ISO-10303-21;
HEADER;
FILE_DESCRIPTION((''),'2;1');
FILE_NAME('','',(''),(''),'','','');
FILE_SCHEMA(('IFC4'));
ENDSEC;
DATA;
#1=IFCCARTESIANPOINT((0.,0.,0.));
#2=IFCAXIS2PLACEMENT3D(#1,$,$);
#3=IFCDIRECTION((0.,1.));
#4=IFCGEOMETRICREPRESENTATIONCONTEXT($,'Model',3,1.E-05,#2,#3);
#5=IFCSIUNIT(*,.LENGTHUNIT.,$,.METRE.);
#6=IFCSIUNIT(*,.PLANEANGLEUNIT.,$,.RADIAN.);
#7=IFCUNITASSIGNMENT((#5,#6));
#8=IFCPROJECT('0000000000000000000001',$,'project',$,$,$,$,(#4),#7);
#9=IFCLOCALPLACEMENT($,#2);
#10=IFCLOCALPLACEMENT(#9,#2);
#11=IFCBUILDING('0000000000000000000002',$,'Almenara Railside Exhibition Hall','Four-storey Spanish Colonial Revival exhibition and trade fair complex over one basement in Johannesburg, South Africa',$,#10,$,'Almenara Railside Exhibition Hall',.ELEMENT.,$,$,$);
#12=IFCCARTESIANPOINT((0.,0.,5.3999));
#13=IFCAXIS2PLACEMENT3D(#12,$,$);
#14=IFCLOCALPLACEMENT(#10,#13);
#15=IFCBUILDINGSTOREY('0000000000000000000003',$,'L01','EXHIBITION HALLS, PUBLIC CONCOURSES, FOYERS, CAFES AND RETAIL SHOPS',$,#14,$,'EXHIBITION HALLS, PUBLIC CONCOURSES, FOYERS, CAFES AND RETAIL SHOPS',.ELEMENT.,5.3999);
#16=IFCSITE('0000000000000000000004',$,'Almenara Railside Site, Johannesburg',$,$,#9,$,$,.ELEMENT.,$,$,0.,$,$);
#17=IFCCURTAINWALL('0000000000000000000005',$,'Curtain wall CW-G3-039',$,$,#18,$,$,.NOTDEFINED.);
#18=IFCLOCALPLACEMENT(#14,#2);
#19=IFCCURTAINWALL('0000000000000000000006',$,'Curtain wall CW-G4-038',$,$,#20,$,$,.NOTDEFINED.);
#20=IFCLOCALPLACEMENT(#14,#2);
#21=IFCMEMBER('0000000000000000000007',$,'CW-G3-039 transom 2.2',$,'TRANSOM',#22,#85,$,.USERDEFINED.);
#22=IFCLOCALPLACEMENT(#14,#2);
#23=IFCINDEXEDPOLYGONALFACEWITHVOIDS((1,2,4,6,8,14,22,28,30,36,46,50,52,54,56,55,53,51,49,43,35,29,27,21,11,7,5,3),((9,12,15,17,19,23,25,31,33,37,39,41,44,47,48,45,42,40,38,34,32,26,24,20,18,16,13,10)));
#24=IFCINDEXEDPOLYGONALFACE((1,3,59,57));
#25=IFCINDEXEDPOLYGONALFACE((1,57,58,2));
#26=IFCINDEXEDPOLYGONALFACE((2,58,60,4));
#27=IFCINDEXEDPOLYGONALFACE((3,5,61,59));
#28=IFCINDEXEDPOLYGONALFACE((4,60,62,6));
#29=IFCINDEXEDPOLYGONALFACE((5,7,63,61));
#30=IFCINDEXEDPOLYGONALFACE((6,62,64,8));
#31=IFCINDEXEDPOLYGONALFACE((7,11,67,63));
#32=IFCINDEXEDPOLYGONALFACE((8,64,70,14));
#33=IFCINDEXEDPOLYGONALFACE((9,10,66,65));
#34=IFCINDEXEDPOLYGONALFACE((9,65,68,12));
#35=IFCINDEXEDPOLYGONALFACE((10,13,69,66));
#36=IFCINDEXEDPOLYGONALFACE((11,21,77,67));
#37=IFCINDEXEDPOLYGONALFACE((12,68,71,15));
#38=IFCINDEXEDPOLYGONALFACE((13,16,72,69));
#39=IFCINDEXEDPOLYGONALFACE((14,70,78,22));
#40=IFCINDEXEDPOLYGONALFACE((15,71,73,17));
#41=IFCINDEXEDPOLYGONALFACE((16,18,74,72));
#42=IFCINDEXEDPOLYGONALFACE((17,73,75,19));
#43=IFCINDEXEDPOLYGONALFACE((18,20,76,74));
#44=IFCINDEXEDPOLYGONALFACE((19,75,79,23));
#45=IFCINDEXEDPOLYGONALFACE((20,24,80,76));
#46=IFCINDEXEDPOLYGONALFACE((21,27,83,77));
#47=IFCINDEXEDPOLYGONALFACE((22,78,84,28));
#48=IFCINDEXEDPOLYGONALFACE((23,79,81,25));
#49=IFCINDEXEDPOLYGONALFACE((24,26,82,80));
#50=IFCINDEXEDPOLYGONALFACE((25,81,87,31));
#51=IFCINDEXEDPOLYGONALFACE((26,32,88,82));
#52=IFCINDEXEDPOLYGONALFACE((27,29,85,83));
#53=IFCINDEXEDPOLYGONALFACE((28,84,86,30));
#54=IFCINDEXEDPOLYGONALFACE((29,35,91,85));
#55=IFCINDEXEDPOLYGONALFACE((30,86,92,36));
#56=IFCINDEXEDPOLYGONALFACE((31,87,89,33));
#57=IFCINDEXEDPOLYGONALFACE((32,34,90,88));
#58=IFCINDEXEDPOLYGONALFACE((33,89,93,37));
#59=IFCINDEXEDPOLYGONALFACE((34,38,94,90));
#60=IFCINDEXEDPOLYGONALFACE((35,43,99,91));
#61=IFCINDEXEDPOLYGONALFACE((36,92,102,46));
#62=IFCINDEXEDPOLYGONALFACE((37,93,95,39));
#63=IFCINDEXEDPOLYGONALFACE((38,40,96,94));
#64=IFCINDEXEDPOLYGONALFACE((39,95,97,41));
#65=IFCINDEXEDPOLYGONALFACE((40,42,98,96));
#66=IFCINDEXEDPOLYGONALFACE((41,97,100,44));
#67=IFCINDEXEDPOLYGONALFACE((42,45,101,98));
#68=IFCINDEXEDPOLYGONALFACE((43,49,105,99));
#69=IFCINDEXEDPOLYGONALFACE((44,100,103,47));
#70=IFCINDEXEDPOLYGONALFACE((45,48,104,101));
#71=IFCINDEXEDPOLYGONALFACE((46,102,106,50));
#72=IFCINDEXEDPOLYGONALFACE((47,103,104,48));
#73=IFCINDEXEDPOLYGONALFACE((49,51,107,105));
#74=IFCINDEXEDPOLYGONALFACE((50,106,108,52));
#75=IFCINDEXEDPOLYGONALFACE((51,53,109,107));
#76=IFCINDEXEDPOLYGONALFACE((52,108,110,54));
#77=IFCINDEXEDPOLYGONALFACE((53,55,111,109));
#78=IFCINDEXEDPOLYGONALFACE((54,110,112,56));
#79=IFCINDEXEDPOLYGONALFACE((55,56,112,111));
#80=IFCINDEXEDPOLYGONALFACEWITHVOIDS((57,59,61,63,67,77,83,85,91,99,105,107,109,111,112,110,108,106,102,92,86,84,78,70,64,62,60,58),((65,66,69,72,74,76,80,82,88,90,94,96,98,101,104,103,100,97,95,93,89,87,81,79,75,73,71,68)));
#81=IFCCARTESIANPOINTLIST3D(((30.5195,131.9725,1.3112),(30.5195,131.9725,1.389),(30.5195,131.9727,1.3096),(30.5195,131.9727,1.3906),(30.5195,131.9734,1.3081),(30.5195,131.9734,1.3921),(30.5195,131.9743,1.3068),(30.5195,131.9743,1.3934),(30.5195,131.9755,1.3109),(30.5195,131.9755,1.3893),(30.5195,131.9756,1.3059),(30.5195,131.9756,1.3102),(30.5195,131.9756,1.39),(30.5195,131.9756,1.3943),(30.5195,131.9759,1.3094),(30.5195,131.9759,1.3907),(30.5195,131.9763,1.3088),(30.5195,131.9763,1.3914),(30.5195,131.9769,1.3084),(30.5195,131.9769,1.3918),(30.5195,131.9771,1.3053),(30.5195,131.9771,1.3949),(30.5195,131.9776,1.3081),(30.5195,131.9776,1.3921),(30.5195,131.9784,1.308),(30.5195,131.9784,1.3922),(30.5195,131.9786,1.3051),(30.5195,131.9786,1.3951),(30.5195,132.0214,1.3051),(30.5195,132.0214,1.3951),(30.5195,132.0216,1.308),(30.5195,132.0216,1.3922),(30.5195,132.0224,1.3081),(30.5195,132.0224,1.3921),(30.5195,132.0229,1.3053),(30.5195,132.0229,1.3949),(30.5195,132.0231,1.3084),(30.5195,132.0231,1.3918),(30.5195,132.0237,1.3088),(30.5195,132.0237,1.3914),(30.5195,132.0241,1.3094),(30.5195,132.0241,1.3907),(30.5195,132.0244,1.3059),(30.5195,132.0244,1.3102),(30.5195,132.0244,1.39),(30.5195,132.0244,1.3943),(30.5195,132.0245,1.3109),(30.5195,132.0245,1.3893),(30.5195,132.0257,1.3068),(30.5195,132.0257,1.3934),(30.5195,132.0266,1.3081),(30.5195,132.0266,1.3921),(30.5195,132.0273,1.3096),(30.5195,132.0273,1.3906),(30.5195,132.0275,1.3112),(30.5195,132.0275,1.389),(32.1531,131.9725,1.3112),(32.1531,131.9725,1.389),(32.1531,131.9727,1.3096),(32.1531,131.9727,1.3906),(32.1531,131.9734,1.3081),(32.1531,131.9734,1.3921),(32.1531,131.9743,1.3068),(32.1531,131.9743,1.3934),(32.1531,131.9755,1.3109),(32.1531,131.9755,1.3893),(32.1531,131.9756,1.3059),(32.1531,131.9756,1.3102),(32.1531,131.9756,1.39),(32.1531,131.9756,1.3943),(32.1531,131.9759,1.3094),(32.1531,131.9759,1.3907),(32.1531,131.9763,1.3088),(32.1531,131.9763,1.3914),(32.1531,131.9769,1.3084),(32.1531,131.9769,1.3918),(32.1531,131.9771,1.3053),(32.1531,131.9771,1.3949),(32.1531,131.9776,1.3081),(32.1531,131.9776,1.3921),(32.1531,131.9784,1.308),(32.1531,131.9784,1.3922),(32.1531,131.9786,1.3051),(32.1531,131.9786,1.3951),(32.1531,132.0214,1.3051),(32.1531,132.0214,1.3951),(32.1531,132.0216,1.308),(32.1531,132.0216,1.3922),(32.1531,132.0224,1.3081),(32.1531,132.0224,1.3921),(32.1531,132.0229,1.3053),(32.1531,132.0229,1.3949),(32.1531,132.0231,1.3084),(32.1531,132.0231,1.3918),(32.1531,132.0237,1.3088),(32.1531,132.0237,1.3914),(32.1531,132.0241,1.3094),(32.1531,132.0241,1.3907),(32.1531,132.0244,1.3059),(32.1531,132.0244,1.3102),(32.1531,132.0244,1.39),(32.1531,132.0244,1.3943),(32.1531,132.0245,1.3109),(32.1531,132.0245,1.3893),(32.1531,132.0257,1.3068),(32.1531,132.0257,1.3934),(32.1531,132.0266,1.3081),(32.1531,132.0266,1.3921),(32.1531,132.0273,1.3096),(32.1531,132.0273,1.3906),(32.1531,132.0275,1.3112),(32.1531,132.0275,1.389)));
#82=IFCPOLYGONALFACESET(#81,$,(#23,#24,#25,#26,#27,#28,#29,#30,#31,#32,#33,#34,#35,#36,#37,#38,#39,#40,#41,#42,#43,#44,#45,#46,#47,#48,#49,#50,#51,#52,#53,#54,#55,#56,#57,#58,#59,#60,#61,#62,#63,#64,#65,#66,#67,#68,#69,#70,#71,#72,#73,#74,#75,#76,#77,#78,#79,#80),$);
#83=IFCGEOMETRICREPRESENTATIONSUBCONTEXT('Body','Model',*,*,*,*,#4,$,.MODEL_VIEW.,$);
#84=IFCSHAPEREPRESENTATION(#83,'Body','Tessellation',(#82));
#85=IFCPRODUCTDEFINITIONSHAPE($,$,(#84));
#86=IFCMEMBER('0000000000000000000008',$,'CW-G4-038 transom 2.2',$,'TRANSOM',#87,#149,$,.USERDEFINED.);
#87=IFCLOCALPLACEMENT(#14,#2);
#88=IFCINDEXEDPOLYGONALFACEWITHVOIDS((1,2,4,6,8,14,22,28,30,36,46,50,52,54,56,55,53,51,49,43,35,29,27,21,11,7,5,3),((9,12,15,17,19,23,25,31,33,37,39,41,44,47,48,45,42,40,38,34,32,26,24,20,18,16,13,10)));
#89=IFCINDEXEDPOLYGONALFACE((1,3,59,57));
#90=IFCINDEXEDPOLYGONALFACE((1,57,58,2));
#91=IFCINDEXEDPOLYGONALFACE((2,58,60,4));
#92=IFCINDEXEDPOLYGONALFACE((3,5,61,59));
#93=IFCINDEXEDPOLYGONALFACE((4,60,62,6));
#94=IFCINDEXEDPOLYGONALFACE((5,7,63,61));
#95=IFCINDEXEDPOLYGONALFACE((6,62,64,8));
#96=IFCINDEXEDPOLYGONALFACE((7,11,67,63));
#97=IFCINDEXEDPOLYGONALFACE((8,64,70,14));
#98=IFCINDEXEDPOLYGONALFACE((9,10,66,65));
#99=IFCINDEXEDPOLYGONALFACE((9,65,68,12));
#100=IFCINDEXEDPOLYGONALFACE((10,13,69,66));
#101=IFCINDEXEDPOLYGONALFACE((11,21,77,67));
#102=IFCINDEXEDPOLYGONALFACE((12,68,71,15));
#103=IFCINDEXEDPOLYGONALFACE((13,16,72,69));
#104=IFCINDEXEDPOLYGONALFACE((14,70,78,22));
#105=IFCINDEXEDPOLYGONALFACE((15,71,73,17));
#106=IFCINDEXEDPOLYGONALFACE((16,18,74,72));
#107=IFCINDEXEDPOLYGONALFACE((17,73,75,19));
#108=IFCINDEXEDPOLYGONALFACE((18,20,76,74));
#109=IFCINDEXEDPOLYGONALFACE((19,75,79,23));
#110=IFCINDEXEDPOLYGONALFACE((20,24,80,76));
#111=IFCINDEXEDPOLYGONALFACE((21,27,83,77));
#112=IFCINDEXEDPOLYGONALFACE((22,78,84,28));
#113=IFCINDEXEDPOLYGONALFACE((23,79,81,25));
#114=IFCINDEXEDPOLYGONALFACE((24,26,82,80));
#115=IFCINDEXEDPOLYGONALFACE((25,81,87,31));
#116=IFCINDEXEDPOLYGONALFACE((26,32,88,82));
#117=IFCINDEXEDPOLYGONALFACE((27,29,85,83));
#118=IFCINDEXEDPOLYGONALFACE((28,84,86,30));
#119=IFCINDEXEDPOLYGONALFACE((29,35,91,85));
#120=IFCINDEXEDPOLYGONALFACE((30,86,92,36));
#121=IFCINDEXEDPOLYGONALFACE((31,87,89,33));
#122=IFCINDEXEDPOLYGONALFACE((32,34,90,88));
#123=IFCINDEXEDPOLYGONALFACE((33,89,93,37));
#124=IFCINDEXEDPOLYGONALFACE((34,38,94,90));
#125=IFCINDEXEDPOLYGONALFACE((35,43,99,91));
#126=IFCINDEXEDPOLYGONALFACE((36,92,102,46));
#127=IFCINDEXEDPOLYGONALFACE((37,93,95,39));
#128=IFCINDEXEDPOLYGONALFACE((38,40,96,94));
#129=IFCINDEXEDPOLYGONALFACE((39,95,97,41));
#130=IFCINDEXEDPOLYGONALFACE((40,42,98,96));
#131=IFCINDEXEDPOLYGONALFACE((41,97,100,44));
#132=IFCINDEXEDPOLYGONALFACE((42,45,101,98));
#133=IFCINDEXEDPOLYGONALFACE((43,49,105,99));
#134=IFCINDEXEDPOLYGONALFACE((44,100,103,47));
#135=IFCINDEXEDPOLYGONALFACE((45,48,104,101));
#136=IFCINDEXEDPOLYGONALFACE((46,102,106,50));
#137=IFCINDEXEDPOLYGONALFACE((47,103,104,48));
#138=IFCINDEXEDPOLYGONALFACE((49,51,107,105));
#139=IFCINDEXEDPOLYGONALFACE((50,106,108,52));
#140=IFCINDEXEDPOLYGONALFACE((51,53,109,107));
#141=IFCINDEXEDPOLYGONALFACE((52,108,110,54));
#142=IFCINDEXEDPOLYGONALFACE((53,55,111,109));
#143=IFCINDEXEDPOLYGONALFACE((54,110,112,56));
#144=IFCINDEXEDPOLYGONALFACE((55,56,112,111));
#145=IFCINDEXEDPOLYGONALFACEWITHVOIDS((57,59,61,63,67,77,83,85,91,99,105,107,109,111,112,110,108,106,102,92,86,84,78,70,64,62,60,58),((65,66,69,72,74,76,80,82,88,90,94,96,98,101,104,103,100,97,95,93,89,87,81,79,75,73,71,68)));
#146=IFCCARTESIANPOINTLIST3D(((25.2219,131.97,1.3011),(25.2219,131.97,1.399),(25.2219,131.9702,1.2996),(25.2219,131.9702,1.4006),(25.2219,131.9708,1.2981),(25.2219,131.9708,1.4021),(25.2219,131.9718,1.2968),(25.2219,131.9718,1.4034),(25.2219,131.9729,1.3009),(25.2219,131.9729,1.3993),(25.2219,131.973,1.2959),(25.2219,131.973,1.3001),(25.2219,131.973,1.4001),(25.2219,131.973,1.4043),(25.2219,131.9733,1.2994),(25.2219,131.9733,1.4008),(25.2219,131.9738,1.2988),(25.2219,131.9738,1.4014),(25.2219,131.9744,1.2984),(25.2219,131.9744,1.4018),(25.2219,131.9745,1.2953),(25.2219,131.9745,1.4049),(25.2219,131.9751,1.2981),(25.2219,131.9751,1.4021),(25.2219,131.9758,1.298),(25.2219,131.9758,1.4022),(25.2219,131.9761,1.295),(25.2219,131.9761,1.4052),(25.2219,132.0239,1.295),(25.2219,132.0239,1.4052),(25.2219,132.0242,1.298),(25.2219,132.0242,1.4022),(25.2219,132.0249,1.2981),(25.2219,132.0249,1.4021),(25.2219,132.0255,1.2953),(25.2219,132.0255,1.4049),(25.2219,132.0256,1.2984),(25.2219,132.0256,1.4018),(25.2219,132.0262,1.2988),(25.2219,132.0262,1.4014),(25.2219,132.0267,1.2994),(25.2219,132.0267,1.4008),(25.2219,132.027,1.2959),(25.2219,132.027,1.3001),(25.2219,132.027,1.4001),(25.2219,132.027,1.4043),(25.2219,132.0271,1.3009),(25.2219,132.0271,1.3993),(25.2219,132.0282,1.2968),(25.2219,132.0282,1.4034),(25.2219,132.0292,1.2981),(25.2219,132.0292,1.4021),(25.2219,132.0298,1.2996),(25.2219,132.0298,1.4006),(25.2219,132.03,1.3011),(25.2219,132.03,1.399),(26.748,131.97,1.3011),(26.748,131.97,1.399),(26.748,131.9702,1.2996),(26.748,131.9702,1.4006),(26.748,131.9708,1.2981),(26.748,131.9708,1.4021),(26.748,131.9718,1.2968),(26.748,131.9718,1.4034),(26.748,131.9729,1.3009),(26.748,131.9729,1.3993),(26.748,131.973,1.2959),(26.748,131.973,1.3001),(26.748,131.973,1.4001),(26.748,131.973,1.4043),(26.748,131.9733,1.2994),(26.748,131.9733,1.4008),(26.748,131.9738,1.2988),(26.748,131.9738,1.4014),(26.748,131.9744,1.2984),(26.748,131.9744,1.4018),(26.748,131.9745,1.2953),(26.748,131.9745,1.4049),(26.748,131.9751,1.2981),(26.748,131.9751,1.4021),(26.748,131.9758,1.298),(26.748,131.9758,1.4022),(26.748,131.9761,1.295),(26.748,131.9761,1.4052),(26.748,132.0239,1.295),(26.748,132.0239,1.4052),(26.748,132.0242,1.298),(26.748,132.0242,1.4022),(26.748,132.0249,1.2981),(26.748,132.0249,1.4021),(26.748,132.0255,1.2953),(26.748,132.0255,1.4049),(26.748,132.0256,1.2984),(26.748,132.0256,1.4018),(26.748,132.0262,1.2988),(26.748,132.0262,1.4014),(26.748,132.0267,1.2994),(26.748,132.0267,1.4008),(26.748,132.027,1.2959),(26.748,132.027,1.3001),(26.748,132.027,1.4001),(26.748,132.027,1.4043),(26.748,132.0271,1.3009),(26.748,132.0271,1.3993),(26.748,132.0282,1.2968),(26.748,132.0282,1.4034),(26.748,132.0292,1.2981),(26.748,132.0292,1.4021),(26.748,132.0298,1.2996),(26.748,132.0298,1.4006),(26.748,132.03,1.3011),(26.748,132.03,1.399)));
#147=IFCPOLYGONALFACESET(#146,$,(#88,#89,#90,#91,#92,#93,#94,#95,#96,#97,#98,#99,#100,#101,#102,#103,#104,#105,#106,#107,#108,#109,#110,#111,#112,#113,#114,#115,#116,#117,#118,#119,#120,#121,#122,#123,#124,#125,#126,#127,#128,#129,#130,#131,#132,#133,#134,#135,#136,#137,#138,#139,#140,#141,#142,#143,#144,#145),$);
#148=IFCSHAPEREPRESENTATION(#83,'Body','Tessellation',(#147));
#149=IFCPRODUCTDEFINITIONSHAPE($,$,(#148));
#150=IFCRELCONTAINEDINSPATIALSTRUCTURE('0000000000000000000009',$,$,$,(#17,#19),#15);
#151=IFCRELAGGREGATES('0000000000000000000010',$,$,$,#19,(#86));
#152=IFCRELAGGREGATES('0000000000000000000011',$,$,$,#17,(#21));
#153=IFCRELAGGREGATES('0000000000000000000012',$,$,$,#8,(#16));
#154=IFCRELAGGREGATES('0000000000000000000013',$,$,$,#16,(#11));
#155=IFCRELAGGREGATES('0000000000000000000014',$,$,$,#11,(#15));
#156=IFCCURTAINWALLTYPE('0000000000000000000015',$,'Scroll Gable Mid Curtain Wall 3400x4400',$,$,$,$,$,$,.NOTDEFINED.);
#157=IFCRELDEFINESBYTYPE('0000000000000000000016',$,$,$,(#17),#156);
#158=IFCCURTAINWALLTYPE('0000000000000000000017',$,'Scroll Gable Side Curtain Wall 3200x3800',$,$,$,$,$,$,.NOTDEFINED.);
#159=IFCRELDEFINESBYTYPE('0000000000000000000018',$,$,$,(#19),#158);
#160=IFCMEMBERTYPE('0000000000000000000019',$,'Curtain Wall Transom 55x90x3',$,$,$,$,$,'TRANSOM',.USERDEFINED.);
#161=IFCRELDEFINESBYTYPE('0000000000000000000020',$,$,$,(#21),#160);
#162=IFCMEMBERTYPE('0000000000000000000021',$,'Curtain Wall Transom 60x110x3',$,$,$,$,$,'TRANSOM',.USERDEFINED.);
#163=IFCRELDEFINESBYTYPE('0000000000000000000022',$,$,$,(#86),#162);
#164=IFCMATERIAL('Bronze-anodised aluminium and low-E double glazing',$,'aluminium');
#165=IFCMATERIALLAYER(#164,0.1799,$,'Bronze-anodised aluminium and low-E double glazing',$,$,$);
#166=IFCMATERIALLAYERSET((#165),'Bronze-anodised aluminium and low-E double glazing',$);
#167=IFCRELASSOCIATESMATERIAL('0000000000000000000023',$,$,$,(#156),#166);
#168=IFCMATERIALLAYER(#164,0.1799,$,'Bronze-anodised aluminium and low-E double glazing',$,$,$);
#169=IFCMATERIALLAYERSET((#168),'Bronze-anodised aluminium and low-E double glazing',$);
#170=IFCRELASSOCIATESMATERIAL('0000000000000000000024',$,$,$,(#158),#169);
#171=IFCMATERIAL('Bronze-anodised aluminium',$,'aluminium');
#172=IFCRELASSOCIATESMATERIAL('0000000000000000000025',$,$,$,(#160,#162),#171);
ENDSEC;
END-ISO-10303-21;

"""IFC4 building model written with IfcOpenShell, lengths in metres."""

from ifc_helpers import new_model, si_unit, direction, frame, origin, origin_2d, place, context, subcontext, project, spatial, hollow_rectangle, extrude, material, layer, layer_set, material_profile, profile_set, type_object, element, aggregate, save


model = new_model("IFC4")

# Units and contexts
model_context = context("Model", 3, precision=1e-05, world=origin(), true_north=direction((0.0, 1.0)))
body_context = subcontext(model_context, "Body", "Model", "MODEL_VIEW")
ifc_project = project(units=[si_unit("LENGTHUNIT", "METRE"), si_unit("PLANEANGLEUNIT", "RADIAN")], contexts=[model_context])

# Site, building, storey
site_placement = place(None, origin())
site = spatial("IfcSite", under=ifc_project, at=site_placement, Name="Almenara Railside Site, Johannesburg", CompositionType="ELEMENT", RefElevation=0.0)
building_placement = place(site_placement, origin())
building = spatial("IfcBuilding", under=site, at=building_placement, Name="Almenara Railside Exhibition Hall", Description="Four-storey Spanish Colonial Revival exhibition and trade fair complex over one basement in Johannesburg, South Africa", LongName="Almenara Railside Exhibition Hall", CompositionType="ELEMENT")
storey_placement = place(building_placement, frame((0.0, 0.0, 5.3999)))
storey = spatial("IfcBuildingStorey", under=building, at=storey_placement, Name="L01", Description="EXHIBITION HALLS, PUBLIC CONCOURSES, FOYERS, CAFES AND RETAIL SHOPS", LongName="EXHIBITION HALLS, PUBLIC CONCOURSES, FOYERS, CAFES AND RETAIL SHOPS", CompositionType="ELEMENT", Elevation=5.3999)

# Curtain wall
ifc_material_1 = material(Name="Bronze-anodised aluminium and low-E double glazing", Category="aluminium")
ifc_layer_1 = layer(ifc_material_1, 0.1799, Name="Bronze-anodised aluminium and low-E double glazing")
ifc_layer_set_1 = layer_set([ifc_layer_1], Name="Bronze-anodised aluminium and low-E double glazing")
curtain_wall_type_1 = type_object("IfcCurtainWallType", Name="Scroll Gable Mid Curtain Wall 3400x4400", PredefinedType="NOTDEFINED", material=ifc_layer_set_1)
curtain_wall_1_placement = place(storey_placement, origin())
curtain_wall_1 = element("IfcCurtainWall", 1, at=curtain_wall_1_placement, inside=storey, type_object=curtain_wall_type_1, Name="Curtain wall CW-G3-039", PredefinedType="NOTDEFINED")
ifc_material_2 = material(Name="Bronze-anodised aluminium", Category="aluminium")

# Curtain wall
ifc_layer_2 = layer(ifc_material_1, 0.1799, Name="Bronze-anodised aluminium and low-E double glazing")
ifc_layer_set_2 = layer_set([ifc_layer_2], Name="Bronze-anodised aluminium and low-E double glazing")
curtain_wall_type_2 = type_object("IfcCurtainWallType", Name="Scroll Gable Side Curtain Wall 3200x3800", PredefinedType="NOTDEFINED", material=ifc_layer_set_2)
curtain_wall_2_placement = place(storey_placement, origin())
curtain_wall_2 = element("IfcCurtainWall", 2, at=curtain_wall_2_placement, inside=storey, type_object=curtain_wall_type_2, Name="Curtain wall CW-G4-038", PredefinedType="NOTDEFINED")

# Members
ifc_material_profile_1 = material_profile(ifc_material_2, hollow_rectangle(XDim=0.0549, YDim=0.0901, WallThickness=0.0029, InnerFilletRadius=0.0029, OuterFilletRadius=0.0061, at=origin_2d()), Name="ALU-TRN 55x90x3")
ifc_profile_set_1 = profile_set([ifc_material_profile_1], Name="Bronze-anodised aluminium")
member_type_1 = type_object("IfcMemberType", Name="Curtain Wall Transom 55x90x3", ElementType="TRANSOM", PredefinedType="USERDEFINED", material=ifc_profile_set_1)
member_1_placement = place(storey_placement, frame((30.5195, 132.0, 1.3501), z_axis=(1.0, 0.0, 0.0), x_axis=(0.0, 1.0, 0.0)))
member_1 = element("IfcMember", 3, at=member_1_placement, type_object=member_type_1, Name="CW-G3-039 transom 2.2", ObjectType="TRANSOM", PredefinedType="USERDEFINED", context=body_context, shape_type="SweptSolid", body=[
    extrude(hollow_rectangle(XDim=0.0549, YDim=0.0901, WallThickness=0.0029, InnerFilletRadius=0.0029, OuterFilletRadius=0.0061, at=origin_2d()), origin(), (0.0, 0.0, 1.0), 1.6335),
])
ifc_material_profile_2 = material_profile(ifc_material_2, hollow_rectangle(XDim=0.0601, YDim=0.1101, WallThickness=0.0029, InnerFilletRadius=0.0029, OuterFilletRadius=0.0061, at=origin_2d()), Name="ALU-TRN 60x110x3")
ifc_profile_set_2 = profile_set([ifc_material_profile_2], Name="Bronze-anodised aluminium")
member_type_2 = type_object("IfcMemberType", Name="Curtain Wall Transom 60x110x3", ElementType="TRANSOM", PredefinedType="USERDEFINED", material=ifc_profile_set_2)
member_2_placement = place(storey_placement, frame((25.2219, 132.0, 1.3501), z_axis=(1.0, 0.0, 0.0), x_axis=(0.0, 1.0, 0.0)))
member_2 = element("IfcMember", 4, at=member_2_placement, type_object=member_type_2, Name="CW-G4-038 transom 2.2", ObjectType="TRANSOM", PredefinedType="USERDEFINED", context=body_context, shape_type="SweptSolid", body=[
    extrude(hollow_rectangle(XDim=0.0601, YDim=0.1101, WallThickness=0.0029, InnerFilletRadius=0.0029, OuterFilletRadius=0.0061, at=origin_2d()), origin(), (0.0, 0.0, 1.0), 1.5261),
])

aggregate(curtain_wall_2, [member_2])
aggregate(curtain_wall_1, [member_1])

save(model, "model.ifc")
